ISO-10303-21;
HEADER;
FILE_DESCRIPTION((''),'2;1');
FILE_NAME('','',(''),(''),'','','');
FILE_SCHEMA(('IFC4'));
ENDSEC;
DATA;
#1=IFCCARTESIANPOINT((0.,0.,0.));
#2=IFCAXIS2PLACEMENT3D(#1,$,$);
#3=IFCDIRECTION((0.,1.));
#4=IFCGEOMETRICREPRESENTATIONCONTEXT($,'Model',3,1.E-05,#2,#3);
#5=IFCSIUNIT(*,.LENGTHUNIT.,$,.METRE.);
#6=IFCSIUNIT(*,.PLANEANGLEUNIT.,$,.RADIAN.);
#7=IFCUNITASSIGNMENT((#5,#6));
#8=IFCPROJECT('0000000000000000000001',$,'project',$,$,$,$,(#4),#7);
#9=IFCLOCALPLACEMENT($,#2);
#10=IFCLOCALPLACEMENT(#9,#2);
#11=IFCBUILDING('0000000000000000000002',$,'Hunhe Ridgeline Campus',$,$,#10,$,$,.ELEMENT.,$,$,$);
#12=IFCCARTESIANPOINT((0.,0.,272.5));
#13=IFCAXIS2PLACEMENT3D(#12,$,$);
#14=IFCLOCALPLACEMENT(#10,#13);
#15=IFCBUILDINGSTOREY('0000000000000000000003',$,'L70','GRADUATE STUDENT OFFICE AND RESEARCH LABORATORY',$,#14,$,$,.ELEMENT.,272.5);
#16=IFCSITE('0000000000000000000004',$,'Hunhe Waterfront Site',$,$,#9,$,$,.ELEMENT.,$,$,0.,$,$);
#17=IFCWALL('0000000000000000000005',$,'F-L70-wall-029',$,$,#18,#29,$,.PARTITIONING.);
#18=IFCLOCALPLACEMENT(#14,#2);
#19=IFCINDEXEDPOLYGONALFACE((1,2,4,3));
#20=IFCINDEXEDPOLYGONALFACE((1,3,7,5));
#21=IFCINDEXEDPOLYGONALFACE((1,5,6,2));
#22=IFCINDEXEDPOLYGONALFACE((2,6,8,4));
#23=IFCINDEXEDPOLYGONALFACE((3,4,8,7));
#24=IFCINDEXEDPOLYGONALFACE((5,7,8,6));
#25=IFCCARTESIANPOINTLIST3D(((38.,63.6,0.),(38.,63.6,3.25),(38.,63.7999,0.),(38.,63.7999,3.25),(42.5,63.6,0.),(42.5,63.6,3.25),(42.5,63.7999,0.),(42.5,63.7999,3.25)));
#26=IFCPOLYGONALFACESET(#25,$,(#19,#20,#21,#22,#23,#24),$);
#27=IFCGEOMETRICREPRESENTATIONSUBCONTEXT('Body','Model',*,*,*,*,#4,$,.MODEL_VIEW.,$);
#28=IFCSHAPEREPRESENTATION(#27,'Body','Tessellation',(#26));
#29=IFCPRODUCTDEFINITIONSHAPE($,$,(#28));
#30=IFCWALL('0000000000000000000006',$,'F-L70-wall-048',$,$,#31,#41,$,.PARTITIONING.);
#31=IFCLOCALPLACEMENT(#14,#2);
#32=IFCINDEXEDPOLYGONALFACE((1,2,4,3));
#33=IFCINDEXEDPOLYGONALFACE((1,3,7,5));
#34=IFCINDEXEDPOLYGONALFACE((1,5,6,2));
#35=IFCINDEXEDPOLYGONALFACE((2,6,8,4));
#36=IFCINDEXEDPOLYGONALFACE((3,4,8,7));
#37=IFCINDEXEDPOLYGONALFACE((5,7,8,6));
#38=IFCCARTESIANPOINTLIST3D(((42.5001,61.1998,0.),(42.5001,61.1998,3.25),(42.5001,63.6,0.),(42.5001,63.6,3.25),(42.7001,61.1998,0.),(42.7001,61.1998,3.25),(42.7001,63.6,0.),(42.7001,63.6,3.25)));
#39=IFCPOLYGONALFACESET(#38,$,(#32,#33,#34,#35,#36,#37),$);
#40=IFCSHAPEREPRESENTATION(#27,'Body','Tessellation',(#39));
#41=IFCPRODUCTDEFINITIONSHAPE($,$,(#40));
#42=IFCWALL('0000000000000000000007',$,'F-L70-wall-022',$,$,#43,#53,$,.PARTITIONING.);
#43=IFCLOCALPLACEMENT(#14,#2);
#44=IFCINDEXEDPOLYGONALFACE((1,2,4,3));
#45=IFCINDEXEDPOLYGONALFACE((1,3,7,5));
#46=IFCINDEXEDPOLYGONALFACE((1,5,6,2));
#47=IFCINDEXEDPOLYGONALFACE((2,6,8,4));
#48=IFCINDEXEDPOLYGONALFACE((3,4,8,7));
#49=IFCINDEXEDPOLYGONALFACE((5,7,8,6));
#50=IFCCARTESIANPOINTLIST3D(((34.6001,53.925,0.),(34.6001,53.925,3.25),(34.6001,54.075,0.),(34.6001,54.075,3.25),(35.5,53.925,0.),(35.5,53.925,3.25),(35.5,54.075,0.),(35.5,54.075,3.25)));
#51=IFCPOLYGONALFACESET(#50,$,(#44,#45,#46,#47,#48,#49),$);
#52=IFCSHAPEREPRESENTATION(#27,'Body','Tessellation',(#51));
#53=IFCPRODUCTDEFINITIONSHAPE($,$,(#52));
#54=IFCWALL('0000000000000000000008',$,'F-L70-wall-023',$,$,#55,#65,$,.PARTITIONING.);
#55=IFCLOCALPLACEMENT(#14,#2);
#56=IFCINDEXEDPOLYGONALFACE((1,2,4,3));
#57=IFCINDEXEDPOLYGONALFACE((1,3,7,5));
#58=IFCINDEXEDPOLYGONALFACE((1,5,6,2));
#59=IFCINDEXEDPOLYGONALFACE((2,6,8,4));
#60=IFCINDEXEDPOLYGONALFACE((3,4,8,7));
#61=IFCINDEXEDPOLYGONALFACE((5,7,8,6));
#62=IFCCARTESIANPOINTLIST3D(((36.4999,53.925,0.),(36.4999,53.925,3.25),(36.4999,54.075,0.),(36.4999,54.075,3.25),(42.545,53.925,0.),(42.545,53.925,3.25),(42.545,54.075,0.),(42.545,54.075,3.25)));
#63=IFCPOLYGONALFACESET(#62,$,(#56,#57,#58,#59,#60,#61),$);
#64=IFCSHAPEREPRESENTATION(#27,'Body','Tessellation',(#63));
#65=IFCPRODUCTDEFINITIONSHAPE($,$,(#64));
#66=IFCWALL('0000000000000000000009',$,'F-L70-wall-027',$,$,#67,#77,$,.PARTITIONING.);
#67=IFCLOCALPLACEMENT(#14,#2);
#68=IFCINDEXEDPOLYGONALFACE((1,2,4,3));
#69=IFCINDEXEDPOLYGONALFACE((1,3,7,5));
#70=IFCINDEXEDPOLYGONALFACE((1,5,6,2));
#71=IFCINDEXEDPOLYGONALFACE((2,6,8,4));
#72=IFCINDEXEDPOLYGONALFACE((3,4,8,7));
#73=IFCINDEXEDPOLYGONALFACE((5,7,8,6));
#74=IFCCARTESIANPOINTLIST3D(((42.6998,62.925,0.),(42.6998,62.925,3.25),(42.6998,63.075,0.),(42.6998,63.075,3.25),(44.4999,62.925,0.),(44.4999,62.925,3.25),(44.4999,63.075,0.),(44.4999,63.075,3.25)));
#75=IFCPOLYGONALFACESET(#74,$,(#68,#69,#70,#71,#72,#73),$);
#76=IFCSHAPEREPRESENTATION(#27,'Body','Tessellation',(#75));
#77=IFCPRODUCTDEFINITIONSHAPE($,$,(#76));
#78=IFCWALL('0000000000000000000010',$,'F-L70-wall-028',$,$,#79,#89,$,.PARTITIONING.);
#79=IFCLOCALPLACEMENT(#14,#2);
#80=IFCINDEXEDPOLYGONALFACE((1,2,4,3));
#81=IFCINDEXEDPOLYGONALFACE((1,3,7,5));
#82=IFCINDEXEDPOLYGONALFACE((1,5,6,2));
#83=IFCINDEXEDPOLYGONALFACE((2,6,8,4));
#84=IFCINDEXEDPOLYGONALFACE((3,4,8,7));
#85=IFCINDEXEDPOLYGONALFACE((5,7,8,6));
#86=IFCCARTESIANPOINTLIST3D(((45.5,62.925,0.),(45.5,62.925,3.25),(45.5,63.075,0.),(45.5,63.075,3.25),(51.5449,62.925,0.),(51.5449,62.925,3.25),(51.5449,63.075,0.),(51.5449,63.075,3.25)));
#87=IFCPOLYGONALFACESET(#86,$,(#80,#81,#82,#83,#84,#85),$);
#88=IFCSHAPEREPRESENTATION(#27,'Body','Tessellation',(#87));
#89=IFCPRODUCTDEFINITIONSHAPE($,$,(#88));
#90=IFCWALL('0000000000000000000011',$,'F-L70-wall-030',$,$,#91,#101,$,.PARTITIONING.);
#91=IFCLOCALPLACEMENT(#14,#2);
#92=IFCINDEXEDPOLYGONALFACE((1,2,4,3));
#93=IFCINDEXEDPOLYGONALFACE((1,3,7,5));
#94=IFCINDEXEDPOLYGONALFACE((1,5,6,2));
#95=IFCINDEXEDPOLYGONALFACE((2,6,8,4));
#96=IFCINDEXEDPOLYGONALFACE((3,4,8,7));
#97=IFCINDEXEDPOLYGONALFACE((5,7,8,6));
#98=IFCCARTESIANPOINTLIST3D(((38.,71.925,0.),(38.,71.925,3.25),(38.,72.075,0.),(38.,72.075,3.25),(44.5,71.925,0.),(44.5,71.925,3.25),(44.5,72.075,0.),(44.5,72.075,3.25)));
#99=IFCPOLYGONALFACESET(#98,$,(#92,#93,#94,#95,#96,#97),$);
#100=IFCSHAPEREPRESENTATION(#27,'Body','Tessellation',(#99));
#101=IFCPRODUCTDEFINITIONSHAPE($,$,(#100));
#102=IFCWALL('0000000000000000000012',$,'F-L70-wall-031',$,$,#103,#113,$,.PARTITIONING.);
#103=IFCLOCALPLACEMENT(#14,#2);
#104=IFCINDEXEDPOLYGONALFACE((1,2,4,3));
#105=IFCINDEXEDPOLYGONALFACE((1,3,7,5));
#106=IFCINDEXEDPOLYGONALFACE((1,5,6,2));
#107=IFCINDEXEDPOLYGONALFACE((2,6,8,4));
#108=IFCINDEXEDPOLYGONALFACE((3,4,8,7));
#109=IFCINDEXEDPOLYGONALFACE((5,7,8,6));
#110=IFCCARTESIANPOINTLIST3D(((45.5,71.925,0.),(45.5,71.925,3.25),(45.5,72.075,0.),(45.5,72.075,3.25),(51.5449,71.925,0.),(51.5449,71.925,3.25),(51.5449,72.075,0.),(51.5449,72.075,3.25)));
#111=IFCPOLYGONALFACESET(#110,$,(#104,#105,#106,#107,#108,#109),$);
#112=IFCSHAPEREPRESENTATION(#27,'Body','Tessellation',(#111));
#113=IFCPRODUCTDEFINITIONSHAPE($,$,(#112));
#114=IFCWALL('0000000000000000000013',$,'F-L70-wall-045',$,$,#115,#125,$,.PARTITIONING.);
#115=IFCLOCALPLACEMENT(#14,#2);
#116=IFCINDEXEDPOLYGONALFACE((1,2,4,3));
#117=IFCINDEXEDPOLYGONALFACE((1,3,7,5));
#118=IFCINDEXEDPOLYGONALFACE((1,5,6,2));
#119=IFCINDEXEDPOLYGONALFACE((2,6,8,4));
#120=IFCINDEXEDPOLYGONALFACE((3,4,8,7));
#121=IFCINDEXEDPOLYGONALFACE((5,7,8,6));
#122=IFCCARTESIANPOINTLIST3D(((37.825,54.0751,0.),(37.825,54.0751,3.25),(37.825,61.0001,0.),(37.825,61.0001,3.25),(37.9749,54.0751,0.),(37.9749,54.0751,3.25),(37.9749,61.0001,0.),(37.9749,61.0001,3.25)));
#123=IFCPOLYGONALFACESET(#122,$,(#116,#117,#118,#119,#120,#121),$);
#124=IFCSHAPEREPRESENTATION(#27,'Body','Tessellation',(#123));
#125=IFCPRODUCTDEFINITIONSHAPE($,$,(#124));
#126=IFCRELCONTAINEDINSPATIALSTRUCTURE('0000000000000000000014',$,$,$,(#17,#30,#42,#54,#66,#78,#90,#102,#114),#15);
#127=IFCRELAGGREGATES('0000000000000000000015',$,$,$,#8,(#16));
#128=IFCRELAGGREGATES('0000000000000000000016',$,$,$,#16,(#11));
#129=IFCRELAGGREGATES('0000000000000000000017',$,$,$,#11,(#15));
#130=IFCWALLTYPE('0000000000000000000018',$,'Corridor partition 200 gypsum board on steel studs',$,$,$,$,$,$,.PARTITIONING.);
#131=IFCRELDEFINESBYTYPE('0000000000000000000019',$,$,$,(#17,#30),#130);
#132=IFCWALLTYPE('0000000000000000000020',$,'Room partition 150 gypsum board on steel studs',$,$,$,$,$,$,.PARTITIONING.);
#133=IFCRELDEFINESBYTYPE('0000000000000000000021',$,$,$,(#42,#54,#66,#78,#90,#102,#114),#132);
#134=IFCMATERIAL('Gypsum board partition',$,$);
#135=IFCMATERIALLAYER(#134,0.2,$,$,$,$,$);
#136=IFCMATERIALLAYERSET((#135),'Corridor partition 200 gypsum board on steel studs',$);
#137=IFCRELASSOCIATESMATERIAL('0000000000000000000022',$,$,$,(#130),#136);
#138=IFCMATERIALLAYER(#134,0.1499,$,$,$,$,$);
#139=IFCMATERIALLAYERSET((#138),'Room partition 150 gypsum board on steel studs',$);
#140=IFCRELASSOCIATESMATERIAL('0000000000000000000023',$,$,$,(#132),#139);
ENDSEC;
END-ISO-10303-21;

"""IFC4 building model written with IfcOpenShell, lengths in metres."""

from ifc_helpers import new_model, si_unit, direction, frame, frame_2d, origin, place, context, subcontext, project, spatial, rectangle, extrude, material, layer, layer_set, type_object, element, save


model = new_model("IFC4")

# Units and contexts
model_context = context("Model", 3, precision=1e-05, world=origin(), true_north=direction((0.0, 1.0)))
body_context = subcontext(model_context, "Body", "Model", "MODEL_VIEW")
ifc_project = project(units=[si_unit("LENGTHUNIT", "METRE"), si_unit("PLANEANGLEUNIT", "RADIAN")], contexts=[model_context])

# Site, building, storey
site_placement = place(None, origin())
site = spatial("IfcSite", under=ifc_project, at=site_placement, Name="Hunhe Waterfront Site", CompositionType="ELEMENT", RefElevation=0.0)
building_placement = place(site_placement, origin())
building = spatial("IfcBuilding", under=site, at=building_placement, Name="Hunhe Ridgeline Campus", CompositionType="ELEMENT")
storey_placement = place(building_placement, frame((0.0, 0.0, 272.5)))
storey = spatial("IfcBuildingStorey", under=building, at=storey_placement, Name="L70", Description="GRADUATE STUDENT OFFICE AND RESEARCH LABORATORY", CompositionType="ELEMENT", Elevation=272.5)

# Shared definitions
ifc_material_1 = material(Name="Gypsum board partition")
ifc_layer_1 = layer(ifc_material_1, 0.2)
ifc_layer_set_1 = layer_set([ifc_layer_1], Name="Corridor partition 200 gypsum board on steel studs")
wall_type_1 = type_object("IfcWallType", Name="Corridor partition 200 gypsum board on steel studs", PredefinedType="PARTITIONING", material=ifc_layer_set_1)

# Walls
wall_1_placement = place(storey_placement, frame((38.0, 63.7, 0.0), z_axis=(0.0, 0.0, 1.0), x_axis=(1.0, 0.0, 0.0)))
element("IfcWall", 1, at=wall_1_placement, inside=storey, type_object=wall_type_1, Name="F-L70-wall-029", PredefinedType="PARTITIONING", context=body_context, shape_type="SweptSolid", body=[
    extrude(rectangle(XDim=4.5, YDim=0.2, at=frame_2d((2.25, 0.0))), origin(), (0.0, 0.0, 1.0), 3.25),
])
wall_2_placement = place(storey_placement, frame((42.6001, 63.6001, 0.0), z_axis=(0.0, 0.0, 1.0), x_axis=(0.0, -1.0, 0.0)))
element("IfcWall", 2, at=wall_2_placement, inside=storey, type_object=wall_type_1, Name="F-L70-wall-048", PredefinedType="PARTITIONING", context=body_context, shape_type="SweptSolid", body=[
    extrude(rectangle(XDim=2.4001, YDim=0.2, at=frame_2d((1.2002, 0.0))), origin(), (0.0, 0.0, 1.0), 3.25),
])
ifc_layer_2 = layer(ifc_material_1, 0.1499)
ifc_layer_set_2 = layer_set([ifc_layer_2], Name="Room partition 150 gypsum board on steel studs")
wall_type_2 = type_object("IfcWallType", Name="Room partition 150 gypsum board on steel studs", PredefinedType="PARTITIONING", material=ifc_layer_set_2)
wall_3_placement = place(storey_placement, frame((34.6001, 54.0, 0.0), z_axis=(0.0, 0.0, 1.0), x_axis=(1.0, 0.0, 0.0)))
element("IfcWall", 3, at=wall_3_placement, inside=storey, type_object=wall_type_2, Name="F-L70-wall-022", PredefinedType="PARTITIONING", context=body_context, shape_type="SweptSolid", body=[
    extrude(rectangle(XDim=0.8999, YDim=0.1499, at=frame_2d((0.45, 0.0))), origin(), (0.0, 0.0, 1.0), 3.25),
])
wall_4_placement = place(storey_placement, frame((36.5, 54.0, 0.0), z_axis=(0.0, 0.0, 1.0), x_axis=(1.0, 0.0, 0.0)))
element("IfcWall", 4, at=wall_4_placement, inside=storey, type_object=wall_type_2, Name="F-L70-wall-023", PredefinedType="PARTITIONING", context=body_context, shape_type="SweptSolid", body=[
    extrude(rectangle(XDim=6.0452, YDim=0.1499, at=frame_2d((3.0225, 0.0))), origin(), (0.0, 0.0, 1.0), 3.25),
])
wall_5_placement = place(storey_placement, frame((42.7, 63.0, 0.0), z_axis=(0.0, 0.0, 1.0), x_axis=(1.0, 0.0, 0.0)))
element("IfcWall", 5, at=wall_5_placement, inside=storey, type_object=wall_type_2, Name="F-L70-wall-027", PredefinedType="PARTITIONING", context=body_context, shape_type="SweptSolid", body=[
    extrude(rectangle(XDim=1.8, YDim=0.1499, at=frame_2d((0.8999, 0.0))), origin(), (0.0, 0.0, 1.0), 3.25),
])
wall_6_placement = place(storey_placement, frame((45.5, 63.0, 0.0), z_axis=(0.0, 0.0, 1.0), x_axis=(1.0, 0.0, 0.0)))
element("IfcWall", 6, at=wall_6_placement, inside=storey, type_object=wall_type_2, Name="F-L70-wall-028", PredefinedType="PARTITIONING", context=body_context, shape_type="SweptSolid", body=[
    extrude(rectangle(XDim=6.0449, YDim=0.1499, at=frame_2d((3.0225, 0.0))), origin(), (0.0, 0.0, 1.0), 3.25),
])
wall_7_placement = place(storey_placement, frame((38.0, 72.0, 0.0), z_axis=(0.0, 0.0, 1.0), x_axis=(1.0, 0.0, 0.0)))
element("IfcWall", 7, at=wall_7_placement, inside=storey, type_object=wall_type_2, Name="F-L70-wall-030", PredefinedType="PARTITIONING", context=body_context, shape_type="SweptSolid", body=[
    extrude(rectangle(XDim=6.5, YDim=0.1499, at=frame_2d((3.25, 0.0))), origin(), (0.0, 0.0, 1.0), 3.25),
])
wall_8_placement = place(storey_placement, frame((45.5, 72.0, 0.0), z_axis=(0.0, 0.0, 1.0), x_axis=(1.0, 0.0, 0.0)))
element("IfcWall", 8, at=wall_8_placement, inside=storey, type_object=wall_type_2, Name="F-L70-wall-031", PredefinedType="PARTITIONING", context=body_context, shape_type="SweptSolid", body=[
    extrude(rectangle(XDim=6.0449, YDim=0.1499, at=frame_2d((3.0225, 0.0))), origin(), (0.0, 0.0, 1.0), 3.25),
])
wall_9_placement = place(storey_placement, frame((37.8999, 61.0, 0.0), z_axis=(0.0, 0.0, 1.0), x_axis=(0.0, -1.0, 0.0)))
element("IfcWall", 9, at=wall_9_placement, inside=storey, type_object=wall_type_2, Name="F-L70-wall-045", PredefinedType="PARTITIONING", context=body_context, shape_type="SweptSolid", body=[
    extrude(rectangle(XDim=6.925, YDim=0.1499, at=frame_2d((3.4624, 0.0))), origin(), (0.0, 0.0, 1.0), 3.25),
])

save(model, "model.ifc")
